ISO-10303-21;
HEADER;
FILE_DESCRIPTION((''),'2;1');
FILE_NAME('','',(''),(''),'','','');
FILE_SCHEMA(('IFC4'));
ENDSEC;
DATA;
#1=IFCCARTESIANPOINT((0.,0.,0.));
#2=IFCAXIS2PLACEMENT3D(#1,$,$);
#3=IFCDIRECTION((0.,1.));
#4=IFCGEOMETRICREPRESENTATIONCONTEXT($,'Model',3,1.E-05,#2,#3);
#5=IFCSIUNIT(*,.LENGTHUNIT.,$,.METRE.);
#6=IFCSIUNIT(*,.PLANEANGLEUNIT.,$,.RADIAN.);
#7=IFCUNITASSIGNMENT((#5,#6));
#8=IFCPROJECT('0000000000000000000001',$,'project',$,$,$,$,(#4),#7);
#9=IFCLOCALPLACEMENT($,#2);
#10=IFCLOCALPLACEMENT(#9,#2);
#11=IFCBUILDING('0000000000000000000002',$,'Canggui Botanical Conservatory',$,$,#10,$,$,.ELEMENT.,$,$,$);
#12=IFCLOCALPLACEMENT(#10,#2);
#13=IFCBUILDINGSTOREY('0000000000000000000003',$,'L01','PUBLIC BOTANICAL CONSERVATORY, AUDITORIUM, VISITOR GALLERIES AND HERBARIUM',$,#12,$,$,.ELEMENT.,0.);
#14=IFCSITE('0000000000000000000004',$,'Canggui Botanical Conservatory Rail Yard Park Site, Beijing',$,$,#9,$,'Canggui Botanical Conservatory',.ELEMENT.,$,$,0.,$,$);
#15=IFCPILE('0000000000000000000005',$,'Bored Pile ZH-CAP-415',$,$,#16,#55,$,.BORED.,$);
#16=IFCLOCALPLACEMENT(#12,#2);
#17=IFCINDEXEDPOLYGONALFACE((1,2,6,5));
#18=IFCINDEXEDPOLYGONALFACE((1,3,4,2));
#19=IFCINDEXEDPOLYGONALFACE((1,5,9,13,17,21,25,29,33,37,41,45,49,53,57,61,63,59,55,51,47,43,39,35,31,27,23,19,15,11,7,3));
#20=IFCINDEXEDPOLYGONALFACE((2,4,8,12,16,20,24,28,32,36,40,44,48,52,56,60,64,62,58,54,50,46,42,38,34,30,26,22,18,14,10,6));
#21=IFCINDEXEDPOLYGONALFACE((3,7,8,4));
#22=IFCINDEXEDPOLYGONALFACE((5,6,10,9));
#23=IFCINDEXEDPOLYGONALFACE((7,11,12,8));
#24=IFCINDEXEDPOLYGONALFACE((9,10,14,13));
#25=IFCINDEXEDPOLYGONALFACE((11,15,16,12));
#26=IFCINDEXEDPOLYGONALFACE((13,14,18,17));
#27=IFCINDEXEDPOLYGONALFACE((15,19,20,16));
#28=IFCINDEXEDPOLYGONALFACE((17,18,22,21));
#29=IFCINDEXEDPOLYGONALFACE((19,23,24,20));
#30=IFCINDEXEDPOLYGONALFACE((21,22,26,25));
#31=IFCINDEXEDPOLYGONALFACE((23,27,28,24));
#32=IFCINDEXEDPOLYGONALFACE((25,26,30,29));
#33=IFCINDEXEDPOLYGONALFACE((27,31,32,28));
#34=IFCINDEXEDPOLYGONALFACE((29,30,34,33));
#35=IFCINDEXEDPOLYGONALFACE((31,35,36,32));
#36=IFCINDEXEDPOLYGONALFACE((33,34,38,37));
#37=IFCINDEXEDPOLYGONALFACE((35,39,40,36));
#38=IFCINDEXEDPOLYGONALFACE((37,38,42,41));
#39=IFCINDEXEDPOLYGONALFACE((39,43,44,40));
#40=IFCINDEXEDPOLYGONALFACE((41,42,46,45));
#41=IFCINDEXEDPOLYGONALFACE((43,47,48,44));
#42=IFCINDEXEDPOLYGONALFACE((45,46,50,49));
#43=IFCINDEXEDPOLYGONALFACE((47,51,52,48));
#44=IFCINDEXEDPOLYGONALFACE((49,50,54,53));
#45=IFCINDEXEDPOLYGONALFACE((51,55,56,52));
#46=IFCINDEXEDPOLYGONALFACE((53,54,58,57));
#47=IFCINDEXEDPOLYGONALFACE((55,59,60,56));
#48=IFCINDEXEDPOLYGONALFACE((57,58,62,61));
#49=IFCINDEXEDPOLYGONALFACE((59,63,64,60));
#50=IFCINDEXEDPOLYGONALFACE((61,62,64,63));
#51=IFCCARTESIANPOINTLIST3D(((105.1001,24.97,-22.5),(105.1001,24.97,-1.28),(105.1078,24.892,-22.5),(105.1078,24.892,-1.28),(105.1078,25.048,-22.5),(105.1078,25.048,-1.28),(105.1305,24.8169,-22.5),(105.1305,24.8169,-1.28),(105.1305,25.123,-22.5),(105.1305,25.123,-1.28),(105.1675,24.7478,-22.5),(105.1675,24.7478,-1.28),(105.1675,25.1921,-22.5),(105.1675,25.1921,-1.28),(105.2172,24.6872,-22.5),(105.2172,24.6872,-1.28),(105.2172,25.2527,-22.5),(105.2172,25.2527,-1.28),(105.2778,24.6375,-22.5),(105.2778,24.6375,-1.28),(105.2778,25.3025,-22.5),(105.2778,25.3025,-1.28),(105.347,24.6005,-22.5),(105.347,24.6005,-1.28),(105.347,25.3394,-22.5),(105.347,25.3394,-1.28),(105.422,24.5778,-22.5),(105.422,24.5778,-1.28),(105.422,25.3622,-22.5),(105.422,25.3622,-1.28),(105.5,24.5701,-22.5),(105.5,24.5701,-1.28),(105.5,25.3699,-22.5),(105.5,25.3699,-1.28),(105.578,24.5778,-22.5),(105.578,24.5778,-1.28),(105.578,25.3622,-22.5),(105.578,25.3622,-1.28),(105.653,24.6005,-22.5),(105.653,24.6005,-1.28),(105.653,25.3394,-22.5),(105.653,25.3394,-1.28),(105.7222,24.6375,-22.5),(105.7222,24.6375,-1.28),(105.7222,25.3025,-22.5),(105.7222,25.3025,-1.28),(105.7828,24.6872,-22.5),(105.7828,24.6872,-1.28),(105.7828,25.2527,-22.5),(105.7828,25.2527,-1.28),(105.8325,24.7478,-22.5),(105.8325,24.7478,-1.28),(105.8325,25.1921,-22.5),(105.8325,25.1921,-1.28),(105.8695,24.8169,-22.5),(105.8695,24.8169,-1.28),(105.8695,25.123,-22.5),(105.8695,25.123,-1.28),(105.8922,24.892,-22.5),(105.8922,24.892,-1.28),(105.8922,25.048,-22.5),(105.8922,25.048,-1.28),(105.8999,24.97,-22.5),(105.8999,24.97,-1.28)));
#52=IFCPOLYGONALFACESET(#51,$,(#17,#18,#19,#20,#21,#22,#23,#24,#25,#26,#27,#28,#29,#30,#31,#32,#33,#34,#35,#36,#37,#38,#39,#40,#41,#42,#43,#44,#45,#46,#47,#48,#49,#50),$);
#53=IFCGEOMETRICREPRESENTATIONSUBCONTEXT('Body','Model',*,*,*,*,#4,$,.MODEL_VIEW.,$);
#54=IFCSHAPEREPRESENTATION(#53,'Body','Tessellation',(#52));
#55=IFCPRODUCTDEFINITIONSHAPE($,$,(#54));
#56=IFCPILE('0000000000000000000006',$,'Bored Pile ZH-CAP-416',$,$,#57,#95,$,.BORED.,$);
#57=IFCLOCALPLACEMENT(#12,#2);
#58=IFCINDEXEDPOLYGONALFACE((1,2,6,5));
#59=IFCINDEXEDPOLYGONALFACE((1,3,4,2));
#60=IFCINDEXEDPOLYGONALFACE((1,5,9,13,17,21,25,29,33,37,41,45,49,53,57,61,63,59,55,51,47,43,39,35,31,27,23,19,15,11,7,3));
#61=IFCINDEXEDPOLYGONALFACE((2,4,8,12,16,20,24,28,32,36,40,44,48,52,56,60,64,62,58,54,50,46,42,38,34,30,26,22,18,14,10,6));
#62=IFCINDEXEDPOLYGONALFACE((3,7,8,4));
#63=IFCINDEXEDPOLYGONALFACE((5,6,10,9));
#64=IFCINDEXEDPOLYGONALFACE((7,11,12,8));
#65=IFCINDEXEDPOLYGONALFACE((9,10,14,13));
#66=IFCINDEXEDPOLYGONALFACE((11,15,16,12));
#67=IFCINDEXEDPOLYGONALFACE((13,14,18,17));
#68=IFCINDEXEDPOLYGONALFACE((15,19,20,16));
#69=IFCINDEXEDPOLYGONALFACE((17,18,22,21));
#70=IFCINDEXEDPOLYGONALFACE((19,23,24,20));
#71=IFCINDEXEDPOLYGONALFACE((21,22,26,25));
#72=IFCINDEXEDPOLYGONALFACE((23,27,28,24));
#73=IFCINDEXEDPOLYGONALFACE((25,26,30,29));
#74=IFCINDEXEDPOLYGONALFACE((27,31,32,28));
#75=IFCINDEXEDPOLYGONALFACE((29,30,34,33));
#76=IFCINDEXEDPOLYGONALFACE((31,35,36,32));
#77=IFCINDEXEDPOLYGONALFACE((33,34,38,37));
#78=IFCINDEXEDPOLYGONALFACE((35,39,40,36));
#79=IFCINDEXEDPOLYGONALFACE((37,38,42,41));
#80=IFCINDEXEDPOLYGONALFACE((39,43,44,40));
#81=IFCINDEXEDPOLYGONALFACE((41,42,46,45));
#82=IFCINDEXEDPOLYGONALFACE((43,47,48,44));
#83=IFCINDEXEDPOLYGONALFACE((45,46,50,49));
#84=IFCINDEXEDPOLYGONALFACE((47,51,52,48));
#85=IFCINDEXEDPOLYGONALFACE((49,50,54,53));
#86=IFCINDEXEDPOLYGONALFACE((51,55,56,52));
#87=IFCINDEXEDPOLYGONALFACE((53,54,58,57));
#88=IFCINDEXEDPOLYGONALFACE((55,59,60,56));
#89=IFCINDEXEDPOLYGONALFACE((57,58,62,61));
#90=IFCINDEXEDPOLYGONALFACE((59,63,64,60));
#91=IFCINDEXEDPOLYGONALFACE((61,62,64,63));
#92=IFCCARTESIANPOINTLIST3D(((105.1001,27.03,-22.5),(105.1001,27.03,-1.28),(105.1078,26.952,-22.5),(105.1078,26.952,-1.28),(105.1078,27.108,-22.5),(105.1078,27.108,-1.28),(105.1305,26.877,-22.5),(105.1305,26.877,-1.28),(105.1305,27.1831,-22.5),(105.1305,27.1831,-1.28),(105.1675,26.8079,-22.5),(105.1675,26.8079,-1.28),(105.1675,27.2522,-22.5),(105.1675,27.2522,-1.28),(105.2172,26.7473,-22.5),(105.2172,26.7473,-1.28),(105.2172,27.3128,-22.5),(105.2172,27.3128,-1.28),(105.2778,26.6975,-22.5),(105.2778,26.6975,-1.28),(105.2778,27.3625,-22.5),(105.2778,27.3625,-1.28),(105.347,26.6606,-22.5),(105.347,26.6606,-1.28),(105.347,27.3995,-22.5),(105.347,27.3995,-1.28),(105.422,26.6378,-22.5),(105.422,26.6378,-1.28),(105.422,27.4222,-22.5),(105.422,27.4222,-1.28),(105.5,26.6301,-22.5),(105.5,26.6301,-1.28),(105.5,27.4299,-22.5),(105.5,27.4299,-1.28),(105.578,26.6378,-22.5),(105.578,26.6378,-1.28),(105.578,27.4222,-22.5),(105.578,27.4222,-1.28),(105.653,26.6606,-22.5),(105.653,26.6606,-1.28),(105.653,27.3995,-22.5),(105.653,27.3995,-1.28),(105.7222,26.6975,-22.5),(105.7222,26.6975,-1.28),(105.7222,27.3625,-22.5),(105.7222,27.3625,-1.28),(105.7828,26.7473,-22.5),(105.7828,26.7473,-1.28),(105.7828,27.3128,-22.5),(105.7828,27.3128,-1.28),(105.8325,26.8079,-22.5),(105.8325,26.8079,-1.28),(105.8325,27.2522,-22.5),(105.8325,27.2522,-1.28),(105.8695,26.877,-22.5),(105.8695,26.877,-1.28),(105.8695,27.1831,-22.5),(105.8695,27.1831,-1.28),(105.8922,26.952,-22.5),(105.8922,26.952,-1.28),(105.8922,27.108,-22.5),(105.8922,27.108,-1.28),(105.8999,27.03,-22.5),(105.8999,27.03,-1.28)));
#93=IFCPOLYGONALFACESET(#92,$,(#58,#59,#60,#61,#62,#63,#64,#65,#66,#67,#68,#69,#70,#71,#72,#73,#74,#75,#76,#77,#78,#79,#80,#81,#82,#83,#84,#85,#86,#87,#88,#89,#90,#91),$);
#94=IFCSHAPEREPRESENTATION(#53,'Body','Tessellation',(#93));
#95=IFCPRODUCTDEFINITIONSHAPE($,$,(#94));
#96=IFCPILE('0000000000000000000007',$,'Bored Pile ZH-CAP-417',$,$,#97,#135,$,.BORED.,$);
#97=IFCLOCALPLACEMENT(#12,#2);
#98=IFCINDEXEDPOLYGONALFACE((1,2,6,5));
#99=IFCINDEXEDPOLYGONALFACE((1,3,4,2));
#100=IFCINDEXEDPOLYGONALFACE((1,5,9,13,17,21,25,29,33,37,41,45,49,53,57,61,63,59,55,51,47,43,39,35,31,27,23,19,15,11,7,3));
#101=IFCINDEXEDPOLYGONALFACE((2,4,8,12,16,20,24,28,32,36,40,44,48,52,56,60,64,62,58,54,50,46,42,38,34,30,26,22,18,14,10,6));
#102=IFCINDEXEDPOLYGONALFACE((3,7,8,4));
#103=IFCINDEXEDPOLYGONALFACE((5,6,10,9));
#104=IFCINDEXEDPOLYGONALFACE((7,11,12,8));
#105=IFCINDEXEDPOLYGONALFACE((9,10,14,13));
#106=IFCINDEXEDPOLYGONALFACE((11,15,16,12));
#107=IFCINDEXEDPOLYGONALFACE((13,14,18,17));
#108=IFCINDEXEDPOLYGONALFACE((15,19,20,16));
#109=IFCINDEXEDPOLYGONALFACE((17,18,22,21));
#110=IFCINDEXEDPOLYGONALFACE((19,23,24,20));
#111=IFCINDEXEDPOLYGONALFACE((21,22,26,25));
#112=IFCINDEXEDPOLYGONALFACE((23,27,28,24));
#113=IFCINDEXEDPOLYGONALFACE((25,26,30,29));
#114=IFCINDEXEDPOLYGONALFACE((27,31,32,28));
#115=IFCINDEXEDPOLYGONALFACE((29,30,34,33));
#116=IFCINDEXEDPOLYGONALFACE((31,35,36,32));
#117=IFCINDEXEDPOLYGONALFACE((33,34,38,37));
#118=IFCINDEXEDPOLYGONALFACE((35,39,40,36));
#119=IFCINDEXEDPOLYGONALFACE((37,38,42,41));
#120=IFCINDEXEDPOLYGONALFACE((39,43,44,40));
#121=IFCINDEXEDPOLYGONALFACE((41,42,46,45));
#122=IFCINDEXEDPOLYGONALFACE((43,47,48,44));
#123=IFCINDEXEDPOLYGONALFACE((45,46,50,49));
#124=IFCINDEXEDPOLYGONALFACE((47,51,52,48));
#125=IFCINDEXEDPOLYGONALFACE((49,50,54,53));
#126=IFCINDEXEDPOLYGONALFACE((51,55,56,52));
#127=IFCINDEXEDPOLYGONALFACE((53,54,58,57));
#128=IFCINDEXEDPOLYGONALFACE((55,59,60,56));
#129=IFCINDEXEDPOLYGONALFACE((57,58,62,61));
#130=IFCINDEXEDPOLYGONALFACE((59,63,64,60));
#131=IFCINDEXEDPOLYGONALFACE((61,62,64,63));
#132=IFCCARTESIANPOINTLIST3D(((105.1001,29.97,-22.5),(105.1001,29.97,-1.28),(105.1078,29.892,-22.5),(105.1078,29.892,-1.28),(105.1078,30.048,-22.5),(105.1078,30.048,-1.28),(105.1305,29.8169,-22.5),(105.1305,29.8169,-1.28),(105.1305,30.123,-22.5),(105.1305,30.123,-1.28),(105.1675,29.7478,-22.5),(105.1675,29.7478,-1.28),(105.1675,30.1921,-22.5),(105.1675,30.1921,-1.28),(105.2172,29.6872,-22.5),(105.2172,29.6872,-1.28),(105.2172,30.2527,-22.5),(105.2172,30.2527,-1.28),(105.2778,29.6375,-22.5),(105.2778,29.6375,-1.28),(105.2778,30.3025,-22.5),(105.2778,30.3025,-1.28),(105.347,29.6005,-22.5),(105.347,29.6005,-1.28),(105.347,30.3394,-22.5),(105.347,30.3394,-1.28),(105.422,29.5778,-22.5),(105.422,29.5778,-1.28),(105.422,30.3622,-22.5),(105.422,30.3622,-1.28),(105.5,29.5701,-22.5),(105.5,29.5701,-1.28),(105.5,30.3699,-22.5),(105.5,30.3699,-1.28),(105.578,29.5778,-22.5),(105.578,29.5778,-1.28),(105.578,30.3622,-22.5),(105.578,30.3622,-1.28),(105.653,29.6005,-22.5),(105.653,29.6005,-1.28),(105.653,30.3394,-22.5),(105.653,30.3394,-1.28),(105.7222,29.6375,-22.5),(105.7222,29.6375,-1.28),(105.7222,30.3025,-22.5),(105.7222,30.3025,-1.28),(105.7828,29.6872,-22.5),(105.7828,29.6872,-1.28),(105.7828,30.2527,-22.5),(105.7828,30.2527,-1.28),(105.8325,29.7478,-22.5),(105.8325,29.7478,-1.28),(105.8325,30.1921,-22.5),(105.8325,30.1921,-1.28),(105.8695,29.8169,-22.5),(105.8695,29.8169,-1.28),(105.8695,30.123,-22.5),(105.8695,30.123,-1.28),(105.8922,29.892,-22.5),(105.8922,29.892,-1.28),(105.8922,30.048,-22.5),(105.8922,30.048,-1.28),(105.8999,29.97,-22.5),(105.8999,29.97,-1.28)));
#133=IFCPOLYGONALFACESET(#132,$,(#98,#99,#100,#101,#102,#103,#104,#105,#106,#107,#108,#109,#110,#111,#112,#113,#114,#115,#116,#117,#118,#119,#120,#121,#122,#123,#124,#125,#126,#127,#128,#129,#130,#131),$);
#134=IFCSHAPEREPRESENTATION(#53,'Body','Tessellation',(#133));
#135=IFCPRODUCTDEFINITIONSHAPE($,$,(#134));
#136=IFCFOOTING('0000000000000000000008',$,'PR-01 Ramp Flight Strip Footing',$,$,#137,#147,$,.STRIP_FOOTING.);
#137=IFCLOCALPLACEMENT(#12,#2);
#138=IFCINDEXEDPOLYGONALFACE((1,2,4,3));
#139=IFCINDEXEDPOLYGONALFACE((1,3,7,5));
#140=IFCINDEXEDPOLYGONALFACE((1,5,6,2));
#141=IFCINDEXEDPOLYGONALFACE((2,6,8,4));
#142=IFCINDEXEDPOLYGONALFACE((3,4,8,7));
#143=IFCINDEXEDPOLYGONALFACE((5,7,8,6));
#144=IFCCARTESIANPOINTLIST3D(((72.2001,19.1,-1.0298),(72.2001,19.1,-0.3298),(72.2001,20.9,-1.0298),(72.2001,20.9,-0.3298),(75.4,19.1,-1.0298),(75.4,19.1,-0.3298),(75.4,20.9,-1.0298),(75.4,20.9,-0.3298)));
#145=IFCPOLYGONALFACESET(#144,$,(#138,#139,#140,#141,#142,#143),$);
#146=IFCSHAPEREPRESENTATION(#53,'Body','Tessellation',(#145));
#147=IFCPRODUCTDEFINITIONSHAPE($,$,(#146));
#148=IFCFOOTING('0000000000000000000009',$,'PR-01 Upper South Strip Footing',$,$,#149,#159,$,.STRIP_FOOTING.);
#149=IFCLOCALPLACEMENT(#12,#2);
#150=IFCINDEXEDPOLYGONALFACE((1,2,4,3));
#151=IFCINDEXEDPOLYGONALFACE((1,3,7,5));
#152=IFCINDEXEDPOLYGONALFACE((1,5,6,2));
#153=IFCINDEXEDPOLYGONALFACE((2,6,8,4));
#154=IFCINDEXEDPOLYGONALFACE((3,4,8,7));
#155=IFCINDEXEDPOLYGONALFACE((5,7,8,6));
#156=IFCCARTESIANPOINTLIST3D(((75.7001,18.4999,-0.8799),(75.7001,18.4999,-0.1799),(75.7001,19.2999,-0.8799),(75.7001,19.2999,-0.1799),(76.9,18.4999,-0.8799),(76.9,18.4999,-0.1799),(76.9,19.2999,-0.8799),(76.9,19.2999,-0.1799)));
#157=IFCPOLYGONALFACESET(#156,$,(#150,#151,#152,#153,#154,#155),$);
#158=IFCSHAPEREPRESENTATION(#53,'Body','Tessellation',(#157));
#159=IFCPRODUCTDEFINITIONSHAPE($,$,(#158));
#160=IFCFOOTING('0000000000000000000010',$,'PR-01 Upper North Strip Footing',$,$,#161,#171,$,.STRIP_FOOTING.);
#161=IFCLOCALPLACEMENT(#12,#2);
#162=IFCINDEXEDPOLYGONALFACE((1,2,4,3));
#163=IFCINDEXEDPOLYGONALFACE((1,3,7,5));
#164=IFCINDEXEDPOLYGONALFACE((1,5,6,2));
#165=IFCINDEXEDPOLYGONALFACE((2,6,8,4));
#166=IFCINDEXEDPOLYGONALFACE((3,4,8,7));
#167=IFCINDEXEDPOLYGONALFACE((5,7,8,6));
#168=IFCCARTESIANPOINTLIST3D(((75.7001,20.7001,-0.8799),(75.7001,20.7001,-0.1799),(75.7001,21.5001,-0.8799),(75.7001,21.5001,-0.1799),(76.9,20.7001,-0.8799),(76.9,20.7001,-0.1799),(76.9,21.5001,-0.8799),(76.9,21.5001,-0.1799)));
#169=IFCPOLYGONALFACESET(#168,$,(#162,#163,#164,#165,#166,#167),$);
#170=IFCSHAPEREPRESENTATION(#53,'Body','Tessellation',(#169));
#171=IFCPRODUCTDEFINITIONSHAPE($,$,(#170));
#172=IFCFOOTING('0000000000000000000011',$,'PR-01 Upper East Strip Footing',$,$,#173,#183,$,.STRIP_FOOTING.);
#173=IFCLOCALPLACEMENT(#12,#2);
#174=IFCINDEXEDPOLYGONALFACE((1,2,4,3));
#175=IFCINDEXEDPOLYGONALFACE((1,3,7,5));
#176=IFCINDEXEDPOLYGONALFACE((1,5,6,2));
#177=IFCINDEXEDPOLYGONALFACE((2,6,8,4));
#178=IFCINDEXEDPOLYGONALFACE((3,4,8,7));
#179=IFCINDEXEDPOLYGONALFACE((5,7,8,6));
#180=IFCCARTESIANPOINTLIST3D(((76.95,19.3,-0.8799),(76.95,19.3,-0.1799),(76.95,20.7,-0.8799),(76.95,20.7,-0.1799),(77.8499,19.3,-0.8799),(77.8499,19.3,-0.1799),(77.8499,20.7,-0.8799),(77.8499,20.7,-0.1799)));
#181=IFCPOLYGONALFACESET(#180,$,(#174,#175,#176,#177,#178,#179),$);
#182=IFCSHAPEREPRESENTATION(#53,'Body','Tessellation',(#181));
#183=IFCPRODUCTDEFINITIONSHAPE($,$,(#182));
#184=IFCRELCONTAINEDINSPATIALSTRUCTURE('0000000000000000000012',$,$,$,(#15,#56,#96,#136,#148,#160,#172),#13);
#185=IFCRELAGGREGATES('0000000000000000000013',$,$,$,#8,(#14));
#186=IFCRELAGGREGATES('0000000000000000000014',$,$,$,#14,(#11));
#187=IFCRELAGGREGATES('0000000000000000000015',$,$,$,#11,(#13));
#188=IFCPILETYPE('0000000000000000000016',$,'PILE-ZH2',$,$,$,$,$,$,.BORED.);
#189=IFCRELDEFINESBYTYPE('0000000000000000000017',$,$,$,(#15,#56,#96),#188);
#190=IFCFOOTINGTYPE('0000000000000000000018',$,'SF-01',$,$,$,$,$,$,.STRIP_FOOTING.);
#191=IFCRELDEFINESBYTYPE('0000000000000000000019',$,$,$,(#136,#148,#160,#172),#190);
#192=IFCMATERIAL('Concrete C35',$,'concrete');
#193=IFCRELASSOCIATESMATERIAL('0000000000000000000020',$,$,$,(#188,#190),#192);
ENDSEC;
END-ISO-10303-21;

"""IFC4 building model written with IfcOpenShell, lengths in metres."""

from ifc_helpers import new_model, si_unit, direction, frame, origin, origin_2d, place, context, subcontext, project, spatial, rectangle, circle, extrude, material, material_profile, profile_set, type_object, element, save


model = new_model("IFC4")

# Units and contexts
model_context = context("Model", 3, precision=1e-05, world=origin(), true_north=direction((0.0, 1.0)))
body_context = subcontext(model_context, "Body", "Model", "MODEL_VIEW")
ifc_project = project(units=[si_unit("LENGTHUNIT", "METRE"), si_unit("PLANEANGLEUNIT", "RADIAN")], contexts=[model_context])

# Site, building, storey
site_placement = place(None, origin())
site = spatial("IfcSite", under=ifc_project, at=site_placement, Name="Canggui Botanical Conservatory Rail Yard Park Site, Beijing", LongName="Canggui Botanical Conservatory", CompositionType="ELEMENT", RefElevation=0.0)
building_placement = place(site_placement, origin())
building = spatial("IfcBuilding", under=site, at=building_placement, Name="Canggui Botanical Conservatory", CompositionType="ELEMENT")
storey_placement = place(building_placement, origin())
storey = spatial("IfcBuildingStorey", under=building, at=storey_placement, Name="L01", Description="PUBLIC BOTANICAL CONSERVATORY, AUDITORIUM, VISITOR GALLERIES AND HERBARIUM", CompositionType="ELEMENT", Elevation=0.0)

# Shared definitions
ifc_material_1 = material(Name="Concrete C35", Category="concrete")

# Piles
ifc_material_profile_1 = material_profile(ifc_material_1, circle(Radius=0.3999, at=origin_2d()), Name="PILE D800")
ifc_profile_set_1 = profile_set([ifc_material_profile_1], Name="Concrete C35")
pile_type = type_object("IfcPileType", Name="PILE-ZH2", PredefinedType="BORED", material=ifc_profile_set_1)
for number, where, z_axis, x_axis, name in (
    (1, (105.5, 24.97, -1.28), (0.0, 0.0, -1.0), (1.0, 0.0, 0.0), "Bored Pile ZH-CAP-415"),
    (2, (105.5, 27.03, -1.28), (0.0, 0.0, -1.0), (1.0, 0.0, 0.0), "Bored Pile ZH-CAP-416"),
    (3, (105.5, 29.97, -1.28), (0.0, 0.0, -1.0), (1.0, 0.0, 0.0), "Bored Pile ZH-CAP-417"),
):
    element("IfcPile", number, at=place(storey_placement, frame(where, z_axis=z_axis, x_axis=x_axis)), inside=storey, type_object=pile_type, Name=name, PredefinedType="BORED", context=body_context, shape_type="SweptSolid", body=[
        extrude(circle(Radius=0.3999, at=origin_2d()), origin(), (0.0, 0.0, 1.0), 21.22),
    ])

# Footings
footing_type_1 = type_object("IfcFootingType", Name="SF-01", PredefinedType="STRIP_FOOTING", material=ifc_material_1)
footing_1_placement = place(storey_placement, frame((73.8, 20.0, -1.0298), z_axis=(0.0, 0.0, 1.0), x_axis=(1.0, 0.0, 0.0)))
element("IfcFooting", 4, at=footing_1_placement, inside=storey, type_object=footing_type_1, Name="PR-01 Ramp Flight Strip Footing", PredefinedType="STRIP_FOOTING", context=body_context, shape_type="SweptSolid", body=[
    extrude(rectangle(XDim=3.2, YDim=1.8, at=origin_2d()), origin(), (0.0, 0.0, 1.0), 0.7),
])
for number, where, z_axis, x_axis, name in (
    (5, (76.3, 18.8999, -0.8799), (0.0, 0.0, 1.0), (1.0, 0.0, 0.0), "PR-01 Upper South Strip Footing"),
    (6, (76.3, 21.1001, -0.8799), (0.0, 0.0, 1.0), (1.0, 0.0, 0.0), "PR-01 Upper North Strip Footing"),
):
    element("IfcFooting", number, at=place(storey_placement, frame(where, z_axis=z_axis, x_axis=x_axis)), inside=storey, type_object=footing_type_1, Name=name, PredefinedType="STRIP_FOOTING", context=body_context, shape_type="SweptSolid", body=[
        extrude(rectangle(XDim=1.2, YDim=0.8, at=origin_2d()), origin(), (0.0, 0.0, 1.0), 0.7),
    ])
footing_2_placement = place(storey_placement, frame((77.3999, 20.0, -0.8799), z_axis=(0.0, 0.0, 1.0), x_axis=(1.0, 0.0, 0.0)))
element("IfcFooting", 7, at=footing_2_placement, inside=storey, type_object=footing_type_1, Name="PR-01 Upper East Strip Footing", PredefinedType="STRIP_FOOTING", context=body_context, shape_type="SweptSolid", body=[
    extrude(rectangle(XDim=0.8999, YDim=1.3999, at=origin_2d()), origin(), (0.0, 0.0, 1.0), 0.7),
])

save(model, "model.ifc")
